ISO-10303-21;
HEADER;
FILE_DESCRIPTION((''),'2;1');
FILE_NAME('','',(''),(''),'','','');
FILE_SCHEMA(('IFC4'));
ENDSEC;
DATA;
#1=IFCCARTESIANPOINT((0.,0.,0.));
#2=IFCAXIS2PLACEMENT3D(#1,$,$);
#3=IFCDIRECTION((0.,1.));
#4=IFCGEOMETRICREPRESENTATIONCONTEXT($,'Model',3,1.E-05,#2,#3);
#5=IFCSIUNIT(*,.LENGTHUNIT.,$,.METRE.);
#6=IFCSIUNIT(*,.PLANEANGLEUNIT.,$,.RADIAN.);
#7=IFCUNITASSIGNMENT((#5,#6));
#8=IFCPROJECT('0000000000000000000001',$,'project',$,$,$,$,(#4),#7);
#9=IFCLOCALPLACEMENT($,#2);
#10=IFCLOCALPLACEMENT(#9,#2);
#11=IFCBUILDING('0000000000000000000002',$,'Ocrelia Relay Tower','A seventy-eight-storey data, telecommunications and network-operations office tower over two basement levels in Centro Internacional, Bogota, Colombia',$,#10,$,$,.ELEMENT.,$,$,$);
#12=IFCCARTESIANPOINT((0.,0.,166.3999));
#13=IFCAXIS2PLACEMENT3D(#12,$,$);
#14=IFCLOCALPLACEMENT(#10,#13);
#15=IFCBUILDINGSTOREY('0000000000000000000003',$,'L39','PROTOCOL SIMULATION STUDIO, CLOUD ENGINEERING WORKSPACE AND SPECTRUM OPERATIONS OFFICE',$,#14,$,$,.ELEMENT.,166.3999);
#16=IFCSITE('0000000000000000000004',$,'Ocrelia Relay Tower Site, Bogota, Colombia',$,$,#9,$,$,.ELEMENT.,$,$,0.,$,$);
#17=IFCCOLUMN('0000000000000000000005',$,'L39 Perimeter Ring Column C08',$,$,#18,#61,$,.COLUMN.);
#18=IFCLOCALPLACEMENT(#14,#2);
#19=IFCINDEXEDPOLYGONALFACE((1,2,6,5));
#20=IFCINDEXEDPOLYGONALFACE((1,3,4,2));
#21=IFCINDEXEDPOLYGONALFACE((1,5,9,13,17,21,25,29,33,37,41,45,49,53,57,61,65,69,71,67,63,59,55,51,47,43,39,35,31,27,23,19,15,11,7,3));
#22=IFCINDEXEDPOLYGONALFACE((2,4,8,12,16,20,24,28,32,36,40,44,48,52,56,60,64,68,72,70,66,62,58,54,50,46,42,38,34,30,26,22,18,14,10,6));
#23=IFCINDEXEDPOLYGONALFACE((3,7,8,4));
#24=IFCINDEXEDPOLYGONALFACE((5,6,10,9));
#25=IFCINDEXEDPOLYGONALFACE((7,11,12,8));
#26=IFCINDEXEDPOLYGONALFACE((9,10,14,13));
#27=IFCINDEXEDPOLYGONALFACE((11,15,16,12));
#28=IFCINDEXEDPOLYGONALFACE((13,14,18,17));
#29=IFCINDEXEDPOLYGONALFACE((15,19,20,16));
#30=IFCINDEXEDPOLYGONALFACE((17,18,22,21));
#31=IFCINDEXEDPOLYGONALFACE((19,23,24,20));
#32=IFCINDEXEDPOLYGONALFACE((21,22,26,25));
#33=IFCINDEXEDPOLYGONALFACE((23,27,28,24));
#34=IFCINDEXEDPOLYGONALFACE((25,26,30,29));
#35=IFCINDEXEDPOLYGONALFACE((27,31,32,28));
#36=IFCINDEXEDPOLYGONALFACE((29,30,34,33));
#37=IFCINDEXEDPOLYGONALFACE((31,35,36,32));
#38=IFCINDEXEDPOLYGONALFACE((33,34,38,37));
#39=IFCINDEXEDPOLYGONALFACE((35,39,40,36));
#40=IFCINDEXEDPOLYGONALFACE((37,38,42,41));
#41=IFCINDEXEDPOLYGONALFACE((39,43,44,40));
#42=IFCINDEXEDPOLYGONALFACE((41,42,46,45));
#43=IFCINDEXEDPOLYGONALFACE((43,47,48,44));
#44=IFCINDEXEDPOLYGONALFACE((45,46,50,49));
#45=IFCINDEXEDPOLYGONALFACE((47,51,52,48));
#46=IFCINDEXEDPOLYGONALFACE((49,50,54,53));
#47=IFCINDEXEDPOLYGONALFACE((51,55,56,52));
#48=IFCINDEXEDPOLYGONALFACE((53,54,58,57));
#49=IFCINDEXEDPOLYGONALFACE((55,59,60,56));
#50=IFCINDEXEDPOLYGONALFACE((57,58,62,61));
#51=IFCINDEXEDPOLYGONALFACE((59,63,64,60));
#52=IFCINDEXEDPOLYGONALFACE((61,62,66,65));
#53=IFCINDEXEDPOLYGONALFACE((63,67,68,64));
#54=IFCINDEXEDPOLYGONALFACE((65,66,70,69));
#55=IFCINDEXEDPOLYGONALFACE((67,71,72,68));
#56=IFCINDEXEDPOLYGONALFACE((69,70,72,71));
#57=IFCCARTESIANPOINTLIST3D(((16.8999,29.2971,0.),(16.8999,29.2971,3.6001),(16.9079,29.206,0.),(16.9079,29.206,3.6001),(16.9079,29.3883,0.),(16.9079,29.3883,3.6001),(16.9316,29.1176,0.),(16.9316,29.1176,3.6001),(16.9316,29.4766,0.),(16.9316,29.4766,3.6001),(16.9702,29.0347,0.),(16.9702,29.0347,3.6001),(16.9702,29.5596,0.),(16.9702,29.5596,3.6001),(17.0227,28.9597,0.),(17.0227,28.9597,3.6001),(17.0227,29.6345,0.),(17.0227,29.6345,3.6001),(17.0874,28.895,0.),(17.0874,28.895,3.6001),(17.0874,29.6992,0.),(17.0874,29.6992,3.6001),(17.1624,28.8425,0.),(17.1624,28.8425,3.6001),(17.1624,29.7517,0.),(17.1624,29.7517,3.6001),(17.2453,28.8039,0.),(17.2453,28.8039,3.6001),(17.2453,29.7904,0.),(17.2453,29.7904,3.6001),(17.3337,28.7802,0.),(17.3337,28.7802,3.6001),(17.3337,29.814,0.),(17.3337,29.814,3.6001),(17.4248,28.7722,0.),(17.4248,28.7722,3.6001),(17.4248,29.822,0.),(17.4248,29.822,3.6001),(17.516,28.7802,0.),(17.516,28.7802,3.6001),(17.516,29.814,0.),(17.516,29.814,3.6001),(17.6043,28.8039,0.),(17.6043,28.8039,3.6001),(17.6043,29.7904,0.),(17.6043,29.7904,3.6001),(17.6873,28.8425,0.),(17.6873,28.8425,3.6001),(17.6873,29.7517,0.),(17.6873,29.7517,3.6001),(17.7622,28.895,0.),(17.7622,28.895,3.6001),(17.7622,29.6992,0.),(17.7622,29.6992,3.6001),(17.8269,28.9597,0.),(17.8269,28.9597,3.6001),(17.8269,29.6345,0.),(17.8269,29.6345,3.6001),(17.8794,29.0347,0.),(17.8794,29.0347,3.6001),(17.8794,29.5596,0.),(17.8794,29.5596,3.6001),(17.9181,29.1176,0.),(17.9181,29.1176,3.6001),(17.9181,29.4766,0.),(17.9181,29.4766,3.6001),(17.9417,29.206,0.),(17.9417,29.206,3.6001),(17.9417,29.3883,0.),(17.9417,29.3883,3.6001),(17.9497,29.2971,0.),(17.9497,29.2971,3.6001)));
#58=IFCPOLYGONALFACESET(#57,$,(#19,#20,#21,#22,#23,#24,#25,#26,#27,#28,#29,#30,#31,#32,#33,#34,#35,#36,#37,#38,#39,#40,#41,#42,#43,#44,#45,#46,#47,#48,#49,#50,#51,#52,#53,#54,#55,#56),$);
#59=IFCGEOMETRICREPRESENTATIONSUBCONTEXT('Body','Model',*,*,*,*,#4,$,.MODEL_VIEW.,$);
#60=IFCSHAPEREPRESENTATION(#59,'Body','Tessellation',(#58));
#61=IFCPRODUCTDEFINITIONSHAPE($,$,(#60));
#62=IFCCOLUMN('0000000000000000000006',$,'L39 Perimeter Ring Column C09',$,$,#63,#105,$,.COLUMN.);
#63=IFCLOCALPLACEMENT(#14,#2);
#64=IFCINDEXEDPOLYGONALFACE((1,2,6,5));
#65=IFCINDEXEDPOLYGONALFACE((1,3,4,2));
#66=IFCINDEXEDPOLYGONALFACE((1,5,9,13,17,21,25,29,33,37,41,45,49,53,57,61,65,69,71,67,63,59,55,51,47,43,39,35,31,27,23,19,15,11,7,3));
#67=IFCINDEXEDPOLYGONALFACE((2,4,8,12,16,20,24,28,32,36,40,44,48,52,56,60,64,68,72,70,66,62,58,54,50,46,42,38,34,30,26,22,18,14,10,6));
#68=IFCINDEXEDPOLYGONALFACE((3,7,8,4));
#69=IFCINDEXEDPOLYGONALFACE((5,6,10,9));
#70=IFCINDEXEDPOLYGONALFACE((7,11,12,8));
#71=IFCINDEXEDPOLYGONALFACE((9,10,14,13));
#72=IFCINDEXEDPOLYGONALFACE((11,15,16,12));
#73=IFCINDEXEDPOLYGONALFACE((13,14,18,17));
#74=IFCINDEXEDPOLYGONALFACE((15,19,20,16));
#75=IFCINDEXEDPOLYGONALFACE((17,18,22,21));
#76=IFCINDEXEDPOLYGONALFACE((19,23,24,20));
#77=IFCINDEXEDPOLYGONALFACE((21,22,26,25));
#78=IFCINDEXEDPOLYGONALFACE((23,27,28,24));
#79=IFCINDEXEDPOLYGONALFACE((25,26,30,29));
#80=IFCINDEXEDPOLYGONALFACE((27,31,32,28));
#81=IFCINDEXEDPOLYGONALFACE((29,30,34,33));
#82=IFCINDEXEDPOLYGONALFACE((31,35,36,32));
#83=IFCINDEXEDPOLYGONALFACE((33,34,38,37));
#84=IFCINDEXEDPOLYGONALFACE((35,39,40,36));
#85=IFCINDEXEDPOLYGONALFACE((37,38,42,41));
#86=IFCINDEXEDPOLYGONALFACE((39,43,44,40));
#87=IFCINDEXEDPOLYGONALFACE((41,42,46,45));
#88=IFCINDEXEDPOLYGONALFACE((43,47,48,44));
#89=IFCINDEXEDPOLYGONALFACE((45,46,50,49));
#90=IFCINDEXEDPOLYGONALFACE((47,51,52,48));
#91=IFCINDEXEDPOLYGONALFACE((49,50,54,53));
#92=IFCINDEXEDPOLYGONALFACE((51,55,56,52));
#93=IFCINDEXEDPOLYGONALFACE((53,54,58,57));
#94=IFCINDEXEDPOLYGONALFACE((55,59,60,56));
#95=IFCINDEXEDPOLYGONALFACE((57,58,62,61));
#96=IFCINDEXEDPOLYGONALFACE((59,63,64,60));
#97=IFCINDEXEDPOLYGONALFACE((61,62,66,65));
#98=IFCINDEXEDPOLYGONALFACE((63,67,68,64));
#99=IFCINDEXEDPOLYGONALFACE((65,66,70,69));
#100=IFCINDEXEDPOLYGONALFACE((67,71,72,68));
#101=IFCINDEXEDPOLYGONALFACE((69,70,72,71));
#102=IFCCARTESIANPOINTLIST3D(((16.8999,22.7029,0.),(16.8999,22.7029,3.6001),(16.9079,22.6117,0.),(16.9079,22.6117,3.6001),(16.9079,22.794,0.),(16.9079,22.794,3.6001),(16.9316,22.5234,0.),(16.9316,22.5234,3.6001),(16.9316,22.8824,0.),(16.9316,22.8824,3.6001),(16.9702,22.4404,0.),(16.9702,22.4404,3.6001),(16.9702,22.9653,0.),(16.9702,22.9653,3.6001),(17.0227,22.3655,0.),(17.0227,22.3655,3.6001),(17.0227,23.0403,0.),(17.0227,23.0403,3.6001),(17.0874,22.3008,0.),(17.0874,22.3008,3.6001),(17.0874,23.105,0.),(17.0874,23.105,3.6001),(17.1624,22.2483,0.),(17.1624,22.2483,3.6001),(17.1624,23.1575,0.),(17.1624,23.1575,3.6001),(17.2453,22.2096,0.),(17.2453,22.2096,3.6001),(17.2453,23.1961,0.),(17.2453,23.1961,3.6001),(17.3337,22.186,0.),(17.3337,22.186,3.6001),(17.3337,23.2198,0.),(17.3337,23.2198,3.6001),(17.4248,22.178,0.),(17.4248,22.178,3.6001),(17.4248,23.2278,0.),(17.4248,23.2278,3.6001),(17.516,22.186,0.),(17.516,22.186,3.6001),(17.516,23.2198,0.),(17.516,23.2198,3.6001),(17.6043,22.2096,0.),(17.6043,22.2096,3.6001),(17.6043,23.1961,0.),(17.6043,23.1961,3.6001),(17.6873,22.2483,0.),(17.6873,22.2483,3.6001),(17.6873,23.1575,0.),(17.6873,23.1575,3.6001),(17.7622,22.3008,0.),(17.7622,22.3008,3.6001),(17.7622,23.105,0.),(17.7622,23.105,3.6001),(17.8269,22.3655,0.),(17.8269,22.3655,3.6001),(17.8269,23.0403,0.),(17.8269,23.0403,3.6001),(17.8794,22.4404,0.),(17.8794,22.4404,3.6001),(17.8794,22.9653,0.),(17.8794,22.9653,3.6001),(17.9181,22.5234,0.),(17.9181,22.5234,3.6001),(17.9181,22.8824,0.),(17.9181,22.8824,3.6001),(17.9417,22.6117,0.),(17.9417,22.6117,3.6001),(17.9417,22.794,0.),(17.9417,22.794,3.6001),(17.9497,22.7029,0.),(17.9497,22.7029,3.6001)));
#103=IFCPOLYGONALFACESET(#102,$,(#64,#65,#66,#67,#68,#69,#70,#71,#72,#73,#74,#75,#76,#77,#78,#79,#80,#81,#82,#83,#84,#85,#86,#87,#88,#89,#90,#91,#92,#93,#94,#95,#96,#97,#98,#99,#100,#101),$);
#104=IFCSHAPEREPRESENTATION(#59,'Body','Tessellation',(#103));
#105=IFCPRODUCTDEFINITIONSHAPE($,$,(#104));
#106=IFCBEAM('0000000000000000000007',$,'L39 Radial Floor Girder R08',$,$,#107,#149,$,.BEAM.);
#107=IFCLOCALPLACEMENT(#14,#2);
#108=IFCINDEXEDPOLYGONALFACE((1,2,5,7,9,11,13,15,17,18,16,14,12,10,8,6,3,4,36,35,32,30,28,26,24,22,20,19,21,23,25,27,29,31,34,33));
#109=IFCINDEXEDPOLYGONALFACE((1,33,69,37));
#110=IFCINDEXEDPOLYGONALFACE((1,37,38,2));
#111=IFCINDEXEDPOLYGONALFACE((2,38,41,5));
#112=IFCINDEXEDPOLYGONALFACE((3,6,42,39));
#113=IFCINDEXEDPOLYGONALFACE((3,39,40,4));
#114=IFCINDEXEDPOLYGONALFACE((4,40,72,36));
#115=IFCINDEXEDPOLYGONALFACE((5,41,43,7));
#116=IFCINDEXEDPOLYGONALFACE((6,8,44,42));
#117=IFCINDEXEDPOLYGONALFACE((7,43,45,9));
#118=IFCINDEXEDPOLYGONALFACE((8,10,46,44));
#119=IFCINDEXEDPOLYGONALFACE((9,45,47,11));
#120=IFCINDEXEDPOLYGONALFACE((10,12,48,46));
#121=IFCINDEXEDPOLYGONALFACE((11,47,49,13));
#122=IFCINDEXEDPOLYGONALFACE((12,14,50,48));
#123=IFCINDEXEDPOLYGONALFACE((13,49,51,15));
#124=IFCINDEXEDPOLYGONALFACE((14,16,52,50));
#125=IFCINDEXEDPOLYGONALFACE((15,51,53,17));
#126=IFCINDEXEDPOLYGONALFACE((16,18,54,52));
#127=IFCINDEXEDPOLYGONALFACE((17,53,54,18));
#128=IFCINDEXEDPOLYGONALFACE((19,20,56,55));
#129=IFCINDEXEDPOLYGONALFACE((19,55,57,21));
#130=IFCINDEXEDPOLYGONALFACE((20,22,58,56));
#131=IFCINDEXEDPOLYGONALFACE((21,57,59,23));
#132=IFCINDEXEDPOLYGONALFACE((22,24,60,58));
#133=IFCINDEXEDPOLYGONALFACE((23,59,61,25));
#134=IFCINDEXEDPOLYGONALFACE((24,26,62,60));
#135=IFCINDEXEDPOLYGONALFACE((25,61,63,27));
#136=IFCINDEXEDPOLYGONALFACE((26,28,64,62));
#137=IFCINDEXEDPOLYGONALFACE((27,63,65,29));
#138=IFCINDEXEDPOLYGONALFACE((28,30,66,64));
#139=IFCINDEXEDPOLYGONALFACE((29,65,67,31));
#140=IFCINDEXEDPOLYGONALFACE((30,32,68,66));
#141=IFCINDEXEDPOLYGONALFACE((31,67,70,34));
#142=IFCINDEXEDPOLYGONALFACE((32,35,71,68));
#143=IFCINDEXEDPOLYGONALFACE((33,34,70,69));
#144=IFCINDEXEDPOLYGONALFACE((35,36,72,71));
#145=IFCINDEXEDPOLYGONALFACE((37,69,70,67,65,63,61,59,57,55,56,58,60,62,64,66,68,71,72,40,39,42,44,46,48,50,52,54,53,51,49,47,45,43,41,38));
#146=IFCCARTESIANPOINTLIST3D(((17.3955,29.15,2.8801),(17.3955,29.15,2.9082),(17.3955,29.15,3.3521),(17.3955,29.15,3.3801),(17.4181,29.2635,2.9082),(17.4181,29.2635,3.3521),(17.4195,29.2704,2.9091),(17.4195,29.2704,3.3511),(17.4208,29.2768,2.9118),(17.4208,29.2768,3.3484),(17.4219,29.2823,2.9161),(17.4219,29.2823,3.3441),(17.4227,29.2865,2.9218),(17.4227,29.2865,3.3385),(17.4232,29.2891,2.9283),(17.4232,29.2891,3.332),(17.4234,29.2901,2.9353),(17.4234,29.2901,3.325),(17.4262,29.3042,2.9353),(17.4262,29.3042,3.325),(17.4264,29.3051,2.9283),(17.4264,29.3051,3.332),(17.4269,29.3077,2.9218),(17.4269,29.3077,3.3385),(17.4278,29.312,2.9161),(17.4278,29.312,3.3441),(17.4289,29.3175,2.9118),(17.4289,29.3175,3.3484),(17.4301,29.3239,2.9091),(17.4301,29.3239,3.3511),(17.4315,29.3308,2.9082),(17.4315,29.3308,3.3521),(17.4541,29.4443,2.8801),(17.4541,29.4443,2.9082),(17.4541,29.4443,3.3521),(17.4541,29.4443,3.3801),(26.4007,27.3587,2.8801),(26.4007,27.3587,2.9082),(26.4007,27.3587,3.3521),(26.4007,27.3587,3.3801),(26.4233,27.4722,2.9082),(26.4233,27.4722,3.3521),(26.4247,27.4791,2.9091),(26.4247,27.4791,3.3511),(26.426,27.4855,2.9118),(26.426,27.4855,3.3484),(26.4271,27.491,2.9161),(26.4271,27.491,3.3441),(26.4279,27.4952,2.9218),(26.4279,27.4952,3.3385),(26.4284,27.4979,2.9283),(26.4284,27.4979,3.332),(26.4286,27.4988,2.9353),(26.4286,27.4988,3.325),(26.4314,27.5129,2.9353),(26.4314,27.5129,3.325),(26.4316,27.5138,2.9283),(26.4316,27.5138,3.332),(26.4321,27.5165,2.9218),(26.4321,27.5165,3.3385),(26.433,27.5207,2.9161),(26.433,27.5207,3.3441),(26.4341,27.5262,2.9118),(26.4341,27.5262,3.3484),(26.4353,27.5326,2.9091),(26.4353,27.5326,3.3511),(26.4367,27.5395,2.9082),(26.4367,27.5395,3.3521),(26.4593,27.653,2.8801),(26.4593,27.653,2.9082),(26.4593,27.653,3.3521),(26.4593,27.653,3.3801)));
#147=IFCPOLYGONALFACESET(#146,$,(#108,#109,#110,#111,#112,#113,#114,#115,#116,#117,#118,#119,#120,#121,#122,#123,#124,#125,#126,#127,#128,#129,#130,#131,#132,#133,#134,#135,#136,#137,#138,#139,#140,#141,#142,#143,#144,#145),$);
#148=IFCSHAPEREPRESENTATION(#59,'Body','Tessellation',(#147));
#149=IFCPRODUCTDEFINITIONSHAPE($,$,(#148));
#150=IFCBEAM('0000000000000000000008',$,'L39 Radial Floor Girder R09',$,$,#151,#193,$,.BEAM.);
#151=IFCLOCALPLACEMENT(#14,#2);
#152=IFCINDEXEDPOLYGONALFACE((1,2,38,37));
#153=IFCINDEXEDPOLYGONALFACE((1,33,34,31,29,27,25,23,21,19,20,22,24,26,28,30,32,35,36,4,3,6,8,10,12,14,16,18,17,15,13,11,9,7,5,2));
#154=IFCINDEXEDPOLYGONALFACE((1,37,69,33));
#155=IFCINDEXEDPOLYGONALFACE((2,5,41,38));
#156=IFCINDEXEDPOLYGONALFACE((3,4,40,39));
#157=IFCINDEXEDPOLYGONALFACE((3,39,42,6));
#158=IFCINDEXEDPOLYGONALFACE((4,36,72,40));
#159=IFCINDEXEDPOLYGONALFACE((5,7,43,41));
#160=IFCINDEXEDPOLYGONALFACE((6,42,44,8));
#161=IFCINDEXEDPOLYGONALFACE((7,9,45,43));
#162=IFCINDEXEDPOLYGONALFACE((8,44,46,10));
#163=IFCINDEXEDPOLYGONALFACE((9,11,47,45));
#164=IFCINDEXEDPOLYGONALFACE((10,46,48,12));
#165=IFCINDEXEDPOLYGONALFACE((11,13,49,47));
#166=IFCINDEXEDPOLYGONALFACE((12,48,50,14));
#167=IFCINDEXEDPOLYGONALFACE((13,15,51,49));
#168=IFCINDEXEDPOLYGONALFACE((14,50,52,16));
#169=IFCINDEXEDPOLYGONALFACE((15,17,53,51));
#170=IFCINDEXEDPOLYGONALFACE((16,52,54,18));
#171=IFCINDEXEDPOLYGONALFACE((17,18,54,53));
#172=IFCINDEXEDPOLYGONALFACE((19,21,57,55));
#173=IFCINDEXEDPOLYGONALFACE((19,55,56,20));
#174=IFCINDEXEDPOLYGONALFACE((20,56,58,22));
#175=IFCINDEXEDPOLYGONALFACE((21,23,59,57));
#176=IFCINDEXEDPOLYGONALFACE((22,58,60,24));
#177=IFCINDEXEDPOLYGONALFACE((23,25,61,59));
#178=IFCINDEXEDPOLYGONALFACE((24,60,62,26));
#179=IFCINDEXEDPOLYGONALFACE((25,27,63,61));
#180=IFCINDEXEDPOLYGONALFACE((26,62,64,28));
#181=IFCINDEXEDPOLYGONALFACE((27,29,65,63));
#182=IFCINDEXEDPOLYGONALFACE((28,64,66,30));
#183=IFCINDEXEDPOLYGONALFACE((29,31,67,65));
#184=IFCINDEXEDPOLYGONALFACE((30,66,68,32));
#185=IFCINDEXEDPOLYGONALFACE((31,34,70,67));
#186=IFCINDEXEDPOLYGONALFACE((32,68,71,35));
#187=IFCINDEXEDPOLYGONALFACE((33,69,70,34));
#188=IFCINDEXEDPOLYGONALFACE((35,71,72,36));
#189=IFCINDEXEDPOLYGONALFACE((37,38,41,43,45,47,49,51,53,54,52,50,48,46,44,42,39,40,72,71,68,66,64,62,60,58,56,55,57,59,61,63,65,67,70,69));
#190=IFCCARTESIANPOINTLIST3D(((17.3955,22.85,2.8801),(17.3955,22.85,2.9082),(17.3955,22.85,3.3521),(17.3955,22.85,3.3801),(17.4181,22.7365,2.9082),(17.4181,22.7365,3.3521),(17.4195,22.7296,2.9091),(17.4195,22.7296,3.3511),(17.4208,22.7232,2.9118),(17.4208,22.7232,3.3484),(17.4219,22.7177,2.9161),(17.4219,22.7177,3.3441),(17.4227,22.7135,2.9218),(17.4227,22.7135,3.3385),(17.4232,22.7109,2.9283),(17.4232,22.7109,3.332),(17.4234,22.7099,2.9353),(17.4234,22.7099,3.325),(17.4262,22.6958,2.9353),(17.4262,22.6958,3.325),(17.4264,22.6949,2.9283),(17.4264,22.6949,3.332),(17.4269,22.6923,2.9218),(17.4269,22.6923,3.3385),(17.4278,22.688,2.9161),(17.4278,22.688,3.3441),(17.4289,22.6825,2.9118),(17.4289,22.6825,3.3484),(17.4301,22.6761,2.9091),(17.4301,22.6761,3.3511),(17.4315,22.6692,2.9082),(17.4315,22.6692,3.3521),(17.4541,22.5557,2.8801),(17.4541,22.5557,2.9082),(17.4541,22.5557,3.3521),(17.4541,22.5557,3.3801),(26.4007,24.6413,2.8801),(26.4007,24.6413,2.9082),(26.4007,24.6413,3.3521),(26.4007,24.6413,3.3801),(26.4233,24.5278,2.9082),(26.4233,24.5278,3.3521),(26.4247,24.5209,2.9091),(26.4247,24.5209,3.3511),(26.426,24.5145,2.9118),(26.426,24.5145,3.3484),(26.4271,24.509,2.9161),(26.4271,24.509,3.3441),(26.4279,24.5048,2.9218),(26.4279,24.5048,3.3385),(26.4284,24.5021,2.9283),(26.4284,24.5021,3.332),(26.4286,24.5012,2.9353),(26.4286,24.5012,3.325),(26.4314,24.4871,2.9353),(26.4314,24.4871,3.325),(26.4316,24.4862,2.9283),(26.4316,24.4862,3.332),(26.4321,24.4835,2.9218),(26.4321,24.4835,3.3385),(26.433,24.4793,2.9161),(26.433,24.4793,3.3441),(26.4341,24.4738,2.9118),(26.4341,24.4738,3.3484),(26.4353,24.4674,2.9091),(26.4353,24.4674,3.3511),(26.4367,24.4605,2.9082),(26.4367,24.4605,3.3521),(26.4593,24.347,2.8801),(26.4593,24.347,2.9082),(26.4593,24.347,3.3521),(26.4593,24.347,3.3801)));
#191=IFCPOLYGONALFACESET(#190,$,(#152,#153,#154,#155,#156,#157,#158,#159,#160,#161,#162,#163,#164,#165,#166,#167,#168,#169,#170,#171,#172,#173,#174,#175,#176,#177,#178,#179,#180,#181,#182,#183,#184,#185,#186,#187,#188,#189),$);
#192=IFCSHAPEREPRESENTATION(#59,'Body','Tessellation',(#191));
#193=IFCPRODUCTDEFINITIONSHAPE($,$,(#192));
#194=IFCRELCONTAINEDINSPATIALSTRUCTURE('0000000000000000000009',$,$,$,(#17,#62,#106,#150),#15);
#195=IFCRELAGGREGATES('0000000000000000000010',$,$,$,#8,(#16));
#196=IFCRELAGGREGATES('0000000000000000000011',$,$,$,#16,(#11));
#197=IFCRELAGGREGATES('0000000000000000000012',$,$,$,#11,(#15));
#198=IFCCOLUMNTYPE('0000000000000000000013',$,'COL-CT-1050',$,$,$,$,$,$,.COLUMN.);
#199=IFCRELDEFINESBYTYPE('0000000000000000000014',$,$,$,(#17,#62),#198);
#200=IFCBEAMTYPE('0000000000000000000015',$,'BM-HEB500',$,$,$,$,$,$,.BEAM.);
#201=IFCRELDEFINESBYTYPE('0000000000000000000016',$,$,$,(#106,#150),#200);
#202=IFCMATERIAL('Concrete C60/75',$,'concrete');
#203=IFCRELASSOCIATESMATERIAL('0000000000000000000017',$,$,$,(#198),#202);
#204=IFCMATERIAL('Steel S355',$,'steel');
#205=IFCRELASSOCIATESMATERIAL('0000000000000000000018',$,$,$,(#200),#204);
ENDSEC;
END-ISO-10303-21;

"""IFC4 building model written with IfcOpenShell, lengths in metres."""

from ifc_helpers import new_model, si_unit, direction, frame, origin, origin_2d, place, context, subcontext, project, spatial, circle, i_section, extrude, material, material_profile, profile_set, type_object, element, save


model = new_model("IFC4")

# Units and contexts
model_context = context("Model", 3, precision=1e-05, world=origin(), true_north=direction((0.0, 1.0)))
body_context = subcontext(model_context, "Body", "Model", "MODEL_VIEW")
ifc_project = project(units=[si_unit("LENGTHUNIT", "METRE"), si_unit("PLANEANGLEUNIT", "RADIAN")], contexts=[model_context])

# Site, building, storey
site_placement = place(None, origin())
site = spatial("IfcSite", under=ifc_project, at=site_placement, Name="Ocrelia Relay Tower Site, Bogota, Colombia", CompositionType="ELEMENT", RefElevation=0.0)
building_placement = place(site_placement, origin())
building = spatial("IfcBuilding", under=site, at=building_placement, Name="Ocrelia Relay Tower", Description="A seventy-eight-storey data, telecommunications and network-operations office tower over two basement levels in Centro Internacional, Bogota, Colombia", CompositionType="ELEMENT")
storey_placement = place(building_placement, frame((0.0, 0.0, 166.3999)))
storey = spatial("IfcBuildingStorey", under=building, at=storey_placement, Name="L39", Description="PROTOCOL SIMULATION STUDIO, CLOUD ENGINEERING WORKSPACE AND SPECTRUM OPERATIONS OFFICE", CompositionType="ELEMENT", Elevation=166.3999)

# Columns
ifc_material_1 = material(Name="Concrete C60/75", Category="concrete")
ifc_material_profile_1 = material_profile(ifc_material_1, circle(Radius=0.5249, at=origin_2d()), Name="RC-CIR-1050")
ifc_profile_set_1 = profile_set([ifc_material_profile_1], Name="Concrete C60/75")
column_type = type_object("IfcColumnType", Name="COL-CT-1050", PredefinedType="COLUMN", material=ifc_profile_set_1)
for number, where, z_axis, x_axis, name in (
    (1, (17.4248, 29.2971, 0.0), (0.0, 0.0, 1.0), (1.0, 0.0, 0.0), "L39 Perimeter Ring Column C08"),
    (2, (17.4248, 22.7029, 0.0), (0.0, 0.0, 1.0), (1.0, 0.0, 0.0), "L39 Perimeter Ring Column C09"),
):
    element("IfcColumn", number, at=place(storey_placement, frame(where, z_axis=z_axis, x_axis=x_axis)), inside=storey, type_object=column_type, Name=name, PredefinedType="COLUMN", context=body_context, shape_type="SweptSolid", body=[
        extrude(circle(Radius=0.5249, at=origin_2d()), origin(), (0.0, 0.0, 1.0), 3.6001),
    ])

# Beams
ifc_material_2 = material(Name="Steel S355", Category="steel")
ifc_material_profile_2 = material_profile(ifc_material_2, i_section(OverallWidth=0.3, OverallDepth=0.5, WebThickness=0.0144, FlangeThickness=0.0281, FilletRadius=0.0271, at=origin_2d()), Name="HEB 500")
ifc_profile_set_2 = profile_set([ifc_material_profile_2], Name="Steel S355")
beam_type_1 = type_object("IfcBeamType", Name="BM-HEB500", PredefinedType="BEAM", material=ifc_profile_set_2)
for number, where, z_axis, x_axis, name in (
    (3, (17.4248, 29.2971, 3.1301), (0.980785, -0.195093, 0.0), (0.195093, 0.980785, 0.0), "L39 Radial Floor Girder R08"),
    (4, (17.4248, 22.7029, 3.1301), (0.980785, 0.195093, 0.0), (-0.195093, 0.980785, 0.0), "L39 Radial Floor Girder R09"),
):
    element("IfcBeam", number, at=place(storey_placement, frame(where, z_axis=z_axis, x_axis=x_axis)), inside=storey, type_object=beam_type_1, Name=name, PredefinedType="BEAM", context=body_context, shape_type="SweptSolid", body=[
        extrude(i_section(OverallWidth=0.3, OverallDepth=0.5, WebThickness=0.0144, FlangeThickness=0.0281, FilletRadius=0.0271, at=origin_2d()), origin(), (0.0, 0.0, 1.0), 9.1816),
    ])

save(model, "model.ifc")
